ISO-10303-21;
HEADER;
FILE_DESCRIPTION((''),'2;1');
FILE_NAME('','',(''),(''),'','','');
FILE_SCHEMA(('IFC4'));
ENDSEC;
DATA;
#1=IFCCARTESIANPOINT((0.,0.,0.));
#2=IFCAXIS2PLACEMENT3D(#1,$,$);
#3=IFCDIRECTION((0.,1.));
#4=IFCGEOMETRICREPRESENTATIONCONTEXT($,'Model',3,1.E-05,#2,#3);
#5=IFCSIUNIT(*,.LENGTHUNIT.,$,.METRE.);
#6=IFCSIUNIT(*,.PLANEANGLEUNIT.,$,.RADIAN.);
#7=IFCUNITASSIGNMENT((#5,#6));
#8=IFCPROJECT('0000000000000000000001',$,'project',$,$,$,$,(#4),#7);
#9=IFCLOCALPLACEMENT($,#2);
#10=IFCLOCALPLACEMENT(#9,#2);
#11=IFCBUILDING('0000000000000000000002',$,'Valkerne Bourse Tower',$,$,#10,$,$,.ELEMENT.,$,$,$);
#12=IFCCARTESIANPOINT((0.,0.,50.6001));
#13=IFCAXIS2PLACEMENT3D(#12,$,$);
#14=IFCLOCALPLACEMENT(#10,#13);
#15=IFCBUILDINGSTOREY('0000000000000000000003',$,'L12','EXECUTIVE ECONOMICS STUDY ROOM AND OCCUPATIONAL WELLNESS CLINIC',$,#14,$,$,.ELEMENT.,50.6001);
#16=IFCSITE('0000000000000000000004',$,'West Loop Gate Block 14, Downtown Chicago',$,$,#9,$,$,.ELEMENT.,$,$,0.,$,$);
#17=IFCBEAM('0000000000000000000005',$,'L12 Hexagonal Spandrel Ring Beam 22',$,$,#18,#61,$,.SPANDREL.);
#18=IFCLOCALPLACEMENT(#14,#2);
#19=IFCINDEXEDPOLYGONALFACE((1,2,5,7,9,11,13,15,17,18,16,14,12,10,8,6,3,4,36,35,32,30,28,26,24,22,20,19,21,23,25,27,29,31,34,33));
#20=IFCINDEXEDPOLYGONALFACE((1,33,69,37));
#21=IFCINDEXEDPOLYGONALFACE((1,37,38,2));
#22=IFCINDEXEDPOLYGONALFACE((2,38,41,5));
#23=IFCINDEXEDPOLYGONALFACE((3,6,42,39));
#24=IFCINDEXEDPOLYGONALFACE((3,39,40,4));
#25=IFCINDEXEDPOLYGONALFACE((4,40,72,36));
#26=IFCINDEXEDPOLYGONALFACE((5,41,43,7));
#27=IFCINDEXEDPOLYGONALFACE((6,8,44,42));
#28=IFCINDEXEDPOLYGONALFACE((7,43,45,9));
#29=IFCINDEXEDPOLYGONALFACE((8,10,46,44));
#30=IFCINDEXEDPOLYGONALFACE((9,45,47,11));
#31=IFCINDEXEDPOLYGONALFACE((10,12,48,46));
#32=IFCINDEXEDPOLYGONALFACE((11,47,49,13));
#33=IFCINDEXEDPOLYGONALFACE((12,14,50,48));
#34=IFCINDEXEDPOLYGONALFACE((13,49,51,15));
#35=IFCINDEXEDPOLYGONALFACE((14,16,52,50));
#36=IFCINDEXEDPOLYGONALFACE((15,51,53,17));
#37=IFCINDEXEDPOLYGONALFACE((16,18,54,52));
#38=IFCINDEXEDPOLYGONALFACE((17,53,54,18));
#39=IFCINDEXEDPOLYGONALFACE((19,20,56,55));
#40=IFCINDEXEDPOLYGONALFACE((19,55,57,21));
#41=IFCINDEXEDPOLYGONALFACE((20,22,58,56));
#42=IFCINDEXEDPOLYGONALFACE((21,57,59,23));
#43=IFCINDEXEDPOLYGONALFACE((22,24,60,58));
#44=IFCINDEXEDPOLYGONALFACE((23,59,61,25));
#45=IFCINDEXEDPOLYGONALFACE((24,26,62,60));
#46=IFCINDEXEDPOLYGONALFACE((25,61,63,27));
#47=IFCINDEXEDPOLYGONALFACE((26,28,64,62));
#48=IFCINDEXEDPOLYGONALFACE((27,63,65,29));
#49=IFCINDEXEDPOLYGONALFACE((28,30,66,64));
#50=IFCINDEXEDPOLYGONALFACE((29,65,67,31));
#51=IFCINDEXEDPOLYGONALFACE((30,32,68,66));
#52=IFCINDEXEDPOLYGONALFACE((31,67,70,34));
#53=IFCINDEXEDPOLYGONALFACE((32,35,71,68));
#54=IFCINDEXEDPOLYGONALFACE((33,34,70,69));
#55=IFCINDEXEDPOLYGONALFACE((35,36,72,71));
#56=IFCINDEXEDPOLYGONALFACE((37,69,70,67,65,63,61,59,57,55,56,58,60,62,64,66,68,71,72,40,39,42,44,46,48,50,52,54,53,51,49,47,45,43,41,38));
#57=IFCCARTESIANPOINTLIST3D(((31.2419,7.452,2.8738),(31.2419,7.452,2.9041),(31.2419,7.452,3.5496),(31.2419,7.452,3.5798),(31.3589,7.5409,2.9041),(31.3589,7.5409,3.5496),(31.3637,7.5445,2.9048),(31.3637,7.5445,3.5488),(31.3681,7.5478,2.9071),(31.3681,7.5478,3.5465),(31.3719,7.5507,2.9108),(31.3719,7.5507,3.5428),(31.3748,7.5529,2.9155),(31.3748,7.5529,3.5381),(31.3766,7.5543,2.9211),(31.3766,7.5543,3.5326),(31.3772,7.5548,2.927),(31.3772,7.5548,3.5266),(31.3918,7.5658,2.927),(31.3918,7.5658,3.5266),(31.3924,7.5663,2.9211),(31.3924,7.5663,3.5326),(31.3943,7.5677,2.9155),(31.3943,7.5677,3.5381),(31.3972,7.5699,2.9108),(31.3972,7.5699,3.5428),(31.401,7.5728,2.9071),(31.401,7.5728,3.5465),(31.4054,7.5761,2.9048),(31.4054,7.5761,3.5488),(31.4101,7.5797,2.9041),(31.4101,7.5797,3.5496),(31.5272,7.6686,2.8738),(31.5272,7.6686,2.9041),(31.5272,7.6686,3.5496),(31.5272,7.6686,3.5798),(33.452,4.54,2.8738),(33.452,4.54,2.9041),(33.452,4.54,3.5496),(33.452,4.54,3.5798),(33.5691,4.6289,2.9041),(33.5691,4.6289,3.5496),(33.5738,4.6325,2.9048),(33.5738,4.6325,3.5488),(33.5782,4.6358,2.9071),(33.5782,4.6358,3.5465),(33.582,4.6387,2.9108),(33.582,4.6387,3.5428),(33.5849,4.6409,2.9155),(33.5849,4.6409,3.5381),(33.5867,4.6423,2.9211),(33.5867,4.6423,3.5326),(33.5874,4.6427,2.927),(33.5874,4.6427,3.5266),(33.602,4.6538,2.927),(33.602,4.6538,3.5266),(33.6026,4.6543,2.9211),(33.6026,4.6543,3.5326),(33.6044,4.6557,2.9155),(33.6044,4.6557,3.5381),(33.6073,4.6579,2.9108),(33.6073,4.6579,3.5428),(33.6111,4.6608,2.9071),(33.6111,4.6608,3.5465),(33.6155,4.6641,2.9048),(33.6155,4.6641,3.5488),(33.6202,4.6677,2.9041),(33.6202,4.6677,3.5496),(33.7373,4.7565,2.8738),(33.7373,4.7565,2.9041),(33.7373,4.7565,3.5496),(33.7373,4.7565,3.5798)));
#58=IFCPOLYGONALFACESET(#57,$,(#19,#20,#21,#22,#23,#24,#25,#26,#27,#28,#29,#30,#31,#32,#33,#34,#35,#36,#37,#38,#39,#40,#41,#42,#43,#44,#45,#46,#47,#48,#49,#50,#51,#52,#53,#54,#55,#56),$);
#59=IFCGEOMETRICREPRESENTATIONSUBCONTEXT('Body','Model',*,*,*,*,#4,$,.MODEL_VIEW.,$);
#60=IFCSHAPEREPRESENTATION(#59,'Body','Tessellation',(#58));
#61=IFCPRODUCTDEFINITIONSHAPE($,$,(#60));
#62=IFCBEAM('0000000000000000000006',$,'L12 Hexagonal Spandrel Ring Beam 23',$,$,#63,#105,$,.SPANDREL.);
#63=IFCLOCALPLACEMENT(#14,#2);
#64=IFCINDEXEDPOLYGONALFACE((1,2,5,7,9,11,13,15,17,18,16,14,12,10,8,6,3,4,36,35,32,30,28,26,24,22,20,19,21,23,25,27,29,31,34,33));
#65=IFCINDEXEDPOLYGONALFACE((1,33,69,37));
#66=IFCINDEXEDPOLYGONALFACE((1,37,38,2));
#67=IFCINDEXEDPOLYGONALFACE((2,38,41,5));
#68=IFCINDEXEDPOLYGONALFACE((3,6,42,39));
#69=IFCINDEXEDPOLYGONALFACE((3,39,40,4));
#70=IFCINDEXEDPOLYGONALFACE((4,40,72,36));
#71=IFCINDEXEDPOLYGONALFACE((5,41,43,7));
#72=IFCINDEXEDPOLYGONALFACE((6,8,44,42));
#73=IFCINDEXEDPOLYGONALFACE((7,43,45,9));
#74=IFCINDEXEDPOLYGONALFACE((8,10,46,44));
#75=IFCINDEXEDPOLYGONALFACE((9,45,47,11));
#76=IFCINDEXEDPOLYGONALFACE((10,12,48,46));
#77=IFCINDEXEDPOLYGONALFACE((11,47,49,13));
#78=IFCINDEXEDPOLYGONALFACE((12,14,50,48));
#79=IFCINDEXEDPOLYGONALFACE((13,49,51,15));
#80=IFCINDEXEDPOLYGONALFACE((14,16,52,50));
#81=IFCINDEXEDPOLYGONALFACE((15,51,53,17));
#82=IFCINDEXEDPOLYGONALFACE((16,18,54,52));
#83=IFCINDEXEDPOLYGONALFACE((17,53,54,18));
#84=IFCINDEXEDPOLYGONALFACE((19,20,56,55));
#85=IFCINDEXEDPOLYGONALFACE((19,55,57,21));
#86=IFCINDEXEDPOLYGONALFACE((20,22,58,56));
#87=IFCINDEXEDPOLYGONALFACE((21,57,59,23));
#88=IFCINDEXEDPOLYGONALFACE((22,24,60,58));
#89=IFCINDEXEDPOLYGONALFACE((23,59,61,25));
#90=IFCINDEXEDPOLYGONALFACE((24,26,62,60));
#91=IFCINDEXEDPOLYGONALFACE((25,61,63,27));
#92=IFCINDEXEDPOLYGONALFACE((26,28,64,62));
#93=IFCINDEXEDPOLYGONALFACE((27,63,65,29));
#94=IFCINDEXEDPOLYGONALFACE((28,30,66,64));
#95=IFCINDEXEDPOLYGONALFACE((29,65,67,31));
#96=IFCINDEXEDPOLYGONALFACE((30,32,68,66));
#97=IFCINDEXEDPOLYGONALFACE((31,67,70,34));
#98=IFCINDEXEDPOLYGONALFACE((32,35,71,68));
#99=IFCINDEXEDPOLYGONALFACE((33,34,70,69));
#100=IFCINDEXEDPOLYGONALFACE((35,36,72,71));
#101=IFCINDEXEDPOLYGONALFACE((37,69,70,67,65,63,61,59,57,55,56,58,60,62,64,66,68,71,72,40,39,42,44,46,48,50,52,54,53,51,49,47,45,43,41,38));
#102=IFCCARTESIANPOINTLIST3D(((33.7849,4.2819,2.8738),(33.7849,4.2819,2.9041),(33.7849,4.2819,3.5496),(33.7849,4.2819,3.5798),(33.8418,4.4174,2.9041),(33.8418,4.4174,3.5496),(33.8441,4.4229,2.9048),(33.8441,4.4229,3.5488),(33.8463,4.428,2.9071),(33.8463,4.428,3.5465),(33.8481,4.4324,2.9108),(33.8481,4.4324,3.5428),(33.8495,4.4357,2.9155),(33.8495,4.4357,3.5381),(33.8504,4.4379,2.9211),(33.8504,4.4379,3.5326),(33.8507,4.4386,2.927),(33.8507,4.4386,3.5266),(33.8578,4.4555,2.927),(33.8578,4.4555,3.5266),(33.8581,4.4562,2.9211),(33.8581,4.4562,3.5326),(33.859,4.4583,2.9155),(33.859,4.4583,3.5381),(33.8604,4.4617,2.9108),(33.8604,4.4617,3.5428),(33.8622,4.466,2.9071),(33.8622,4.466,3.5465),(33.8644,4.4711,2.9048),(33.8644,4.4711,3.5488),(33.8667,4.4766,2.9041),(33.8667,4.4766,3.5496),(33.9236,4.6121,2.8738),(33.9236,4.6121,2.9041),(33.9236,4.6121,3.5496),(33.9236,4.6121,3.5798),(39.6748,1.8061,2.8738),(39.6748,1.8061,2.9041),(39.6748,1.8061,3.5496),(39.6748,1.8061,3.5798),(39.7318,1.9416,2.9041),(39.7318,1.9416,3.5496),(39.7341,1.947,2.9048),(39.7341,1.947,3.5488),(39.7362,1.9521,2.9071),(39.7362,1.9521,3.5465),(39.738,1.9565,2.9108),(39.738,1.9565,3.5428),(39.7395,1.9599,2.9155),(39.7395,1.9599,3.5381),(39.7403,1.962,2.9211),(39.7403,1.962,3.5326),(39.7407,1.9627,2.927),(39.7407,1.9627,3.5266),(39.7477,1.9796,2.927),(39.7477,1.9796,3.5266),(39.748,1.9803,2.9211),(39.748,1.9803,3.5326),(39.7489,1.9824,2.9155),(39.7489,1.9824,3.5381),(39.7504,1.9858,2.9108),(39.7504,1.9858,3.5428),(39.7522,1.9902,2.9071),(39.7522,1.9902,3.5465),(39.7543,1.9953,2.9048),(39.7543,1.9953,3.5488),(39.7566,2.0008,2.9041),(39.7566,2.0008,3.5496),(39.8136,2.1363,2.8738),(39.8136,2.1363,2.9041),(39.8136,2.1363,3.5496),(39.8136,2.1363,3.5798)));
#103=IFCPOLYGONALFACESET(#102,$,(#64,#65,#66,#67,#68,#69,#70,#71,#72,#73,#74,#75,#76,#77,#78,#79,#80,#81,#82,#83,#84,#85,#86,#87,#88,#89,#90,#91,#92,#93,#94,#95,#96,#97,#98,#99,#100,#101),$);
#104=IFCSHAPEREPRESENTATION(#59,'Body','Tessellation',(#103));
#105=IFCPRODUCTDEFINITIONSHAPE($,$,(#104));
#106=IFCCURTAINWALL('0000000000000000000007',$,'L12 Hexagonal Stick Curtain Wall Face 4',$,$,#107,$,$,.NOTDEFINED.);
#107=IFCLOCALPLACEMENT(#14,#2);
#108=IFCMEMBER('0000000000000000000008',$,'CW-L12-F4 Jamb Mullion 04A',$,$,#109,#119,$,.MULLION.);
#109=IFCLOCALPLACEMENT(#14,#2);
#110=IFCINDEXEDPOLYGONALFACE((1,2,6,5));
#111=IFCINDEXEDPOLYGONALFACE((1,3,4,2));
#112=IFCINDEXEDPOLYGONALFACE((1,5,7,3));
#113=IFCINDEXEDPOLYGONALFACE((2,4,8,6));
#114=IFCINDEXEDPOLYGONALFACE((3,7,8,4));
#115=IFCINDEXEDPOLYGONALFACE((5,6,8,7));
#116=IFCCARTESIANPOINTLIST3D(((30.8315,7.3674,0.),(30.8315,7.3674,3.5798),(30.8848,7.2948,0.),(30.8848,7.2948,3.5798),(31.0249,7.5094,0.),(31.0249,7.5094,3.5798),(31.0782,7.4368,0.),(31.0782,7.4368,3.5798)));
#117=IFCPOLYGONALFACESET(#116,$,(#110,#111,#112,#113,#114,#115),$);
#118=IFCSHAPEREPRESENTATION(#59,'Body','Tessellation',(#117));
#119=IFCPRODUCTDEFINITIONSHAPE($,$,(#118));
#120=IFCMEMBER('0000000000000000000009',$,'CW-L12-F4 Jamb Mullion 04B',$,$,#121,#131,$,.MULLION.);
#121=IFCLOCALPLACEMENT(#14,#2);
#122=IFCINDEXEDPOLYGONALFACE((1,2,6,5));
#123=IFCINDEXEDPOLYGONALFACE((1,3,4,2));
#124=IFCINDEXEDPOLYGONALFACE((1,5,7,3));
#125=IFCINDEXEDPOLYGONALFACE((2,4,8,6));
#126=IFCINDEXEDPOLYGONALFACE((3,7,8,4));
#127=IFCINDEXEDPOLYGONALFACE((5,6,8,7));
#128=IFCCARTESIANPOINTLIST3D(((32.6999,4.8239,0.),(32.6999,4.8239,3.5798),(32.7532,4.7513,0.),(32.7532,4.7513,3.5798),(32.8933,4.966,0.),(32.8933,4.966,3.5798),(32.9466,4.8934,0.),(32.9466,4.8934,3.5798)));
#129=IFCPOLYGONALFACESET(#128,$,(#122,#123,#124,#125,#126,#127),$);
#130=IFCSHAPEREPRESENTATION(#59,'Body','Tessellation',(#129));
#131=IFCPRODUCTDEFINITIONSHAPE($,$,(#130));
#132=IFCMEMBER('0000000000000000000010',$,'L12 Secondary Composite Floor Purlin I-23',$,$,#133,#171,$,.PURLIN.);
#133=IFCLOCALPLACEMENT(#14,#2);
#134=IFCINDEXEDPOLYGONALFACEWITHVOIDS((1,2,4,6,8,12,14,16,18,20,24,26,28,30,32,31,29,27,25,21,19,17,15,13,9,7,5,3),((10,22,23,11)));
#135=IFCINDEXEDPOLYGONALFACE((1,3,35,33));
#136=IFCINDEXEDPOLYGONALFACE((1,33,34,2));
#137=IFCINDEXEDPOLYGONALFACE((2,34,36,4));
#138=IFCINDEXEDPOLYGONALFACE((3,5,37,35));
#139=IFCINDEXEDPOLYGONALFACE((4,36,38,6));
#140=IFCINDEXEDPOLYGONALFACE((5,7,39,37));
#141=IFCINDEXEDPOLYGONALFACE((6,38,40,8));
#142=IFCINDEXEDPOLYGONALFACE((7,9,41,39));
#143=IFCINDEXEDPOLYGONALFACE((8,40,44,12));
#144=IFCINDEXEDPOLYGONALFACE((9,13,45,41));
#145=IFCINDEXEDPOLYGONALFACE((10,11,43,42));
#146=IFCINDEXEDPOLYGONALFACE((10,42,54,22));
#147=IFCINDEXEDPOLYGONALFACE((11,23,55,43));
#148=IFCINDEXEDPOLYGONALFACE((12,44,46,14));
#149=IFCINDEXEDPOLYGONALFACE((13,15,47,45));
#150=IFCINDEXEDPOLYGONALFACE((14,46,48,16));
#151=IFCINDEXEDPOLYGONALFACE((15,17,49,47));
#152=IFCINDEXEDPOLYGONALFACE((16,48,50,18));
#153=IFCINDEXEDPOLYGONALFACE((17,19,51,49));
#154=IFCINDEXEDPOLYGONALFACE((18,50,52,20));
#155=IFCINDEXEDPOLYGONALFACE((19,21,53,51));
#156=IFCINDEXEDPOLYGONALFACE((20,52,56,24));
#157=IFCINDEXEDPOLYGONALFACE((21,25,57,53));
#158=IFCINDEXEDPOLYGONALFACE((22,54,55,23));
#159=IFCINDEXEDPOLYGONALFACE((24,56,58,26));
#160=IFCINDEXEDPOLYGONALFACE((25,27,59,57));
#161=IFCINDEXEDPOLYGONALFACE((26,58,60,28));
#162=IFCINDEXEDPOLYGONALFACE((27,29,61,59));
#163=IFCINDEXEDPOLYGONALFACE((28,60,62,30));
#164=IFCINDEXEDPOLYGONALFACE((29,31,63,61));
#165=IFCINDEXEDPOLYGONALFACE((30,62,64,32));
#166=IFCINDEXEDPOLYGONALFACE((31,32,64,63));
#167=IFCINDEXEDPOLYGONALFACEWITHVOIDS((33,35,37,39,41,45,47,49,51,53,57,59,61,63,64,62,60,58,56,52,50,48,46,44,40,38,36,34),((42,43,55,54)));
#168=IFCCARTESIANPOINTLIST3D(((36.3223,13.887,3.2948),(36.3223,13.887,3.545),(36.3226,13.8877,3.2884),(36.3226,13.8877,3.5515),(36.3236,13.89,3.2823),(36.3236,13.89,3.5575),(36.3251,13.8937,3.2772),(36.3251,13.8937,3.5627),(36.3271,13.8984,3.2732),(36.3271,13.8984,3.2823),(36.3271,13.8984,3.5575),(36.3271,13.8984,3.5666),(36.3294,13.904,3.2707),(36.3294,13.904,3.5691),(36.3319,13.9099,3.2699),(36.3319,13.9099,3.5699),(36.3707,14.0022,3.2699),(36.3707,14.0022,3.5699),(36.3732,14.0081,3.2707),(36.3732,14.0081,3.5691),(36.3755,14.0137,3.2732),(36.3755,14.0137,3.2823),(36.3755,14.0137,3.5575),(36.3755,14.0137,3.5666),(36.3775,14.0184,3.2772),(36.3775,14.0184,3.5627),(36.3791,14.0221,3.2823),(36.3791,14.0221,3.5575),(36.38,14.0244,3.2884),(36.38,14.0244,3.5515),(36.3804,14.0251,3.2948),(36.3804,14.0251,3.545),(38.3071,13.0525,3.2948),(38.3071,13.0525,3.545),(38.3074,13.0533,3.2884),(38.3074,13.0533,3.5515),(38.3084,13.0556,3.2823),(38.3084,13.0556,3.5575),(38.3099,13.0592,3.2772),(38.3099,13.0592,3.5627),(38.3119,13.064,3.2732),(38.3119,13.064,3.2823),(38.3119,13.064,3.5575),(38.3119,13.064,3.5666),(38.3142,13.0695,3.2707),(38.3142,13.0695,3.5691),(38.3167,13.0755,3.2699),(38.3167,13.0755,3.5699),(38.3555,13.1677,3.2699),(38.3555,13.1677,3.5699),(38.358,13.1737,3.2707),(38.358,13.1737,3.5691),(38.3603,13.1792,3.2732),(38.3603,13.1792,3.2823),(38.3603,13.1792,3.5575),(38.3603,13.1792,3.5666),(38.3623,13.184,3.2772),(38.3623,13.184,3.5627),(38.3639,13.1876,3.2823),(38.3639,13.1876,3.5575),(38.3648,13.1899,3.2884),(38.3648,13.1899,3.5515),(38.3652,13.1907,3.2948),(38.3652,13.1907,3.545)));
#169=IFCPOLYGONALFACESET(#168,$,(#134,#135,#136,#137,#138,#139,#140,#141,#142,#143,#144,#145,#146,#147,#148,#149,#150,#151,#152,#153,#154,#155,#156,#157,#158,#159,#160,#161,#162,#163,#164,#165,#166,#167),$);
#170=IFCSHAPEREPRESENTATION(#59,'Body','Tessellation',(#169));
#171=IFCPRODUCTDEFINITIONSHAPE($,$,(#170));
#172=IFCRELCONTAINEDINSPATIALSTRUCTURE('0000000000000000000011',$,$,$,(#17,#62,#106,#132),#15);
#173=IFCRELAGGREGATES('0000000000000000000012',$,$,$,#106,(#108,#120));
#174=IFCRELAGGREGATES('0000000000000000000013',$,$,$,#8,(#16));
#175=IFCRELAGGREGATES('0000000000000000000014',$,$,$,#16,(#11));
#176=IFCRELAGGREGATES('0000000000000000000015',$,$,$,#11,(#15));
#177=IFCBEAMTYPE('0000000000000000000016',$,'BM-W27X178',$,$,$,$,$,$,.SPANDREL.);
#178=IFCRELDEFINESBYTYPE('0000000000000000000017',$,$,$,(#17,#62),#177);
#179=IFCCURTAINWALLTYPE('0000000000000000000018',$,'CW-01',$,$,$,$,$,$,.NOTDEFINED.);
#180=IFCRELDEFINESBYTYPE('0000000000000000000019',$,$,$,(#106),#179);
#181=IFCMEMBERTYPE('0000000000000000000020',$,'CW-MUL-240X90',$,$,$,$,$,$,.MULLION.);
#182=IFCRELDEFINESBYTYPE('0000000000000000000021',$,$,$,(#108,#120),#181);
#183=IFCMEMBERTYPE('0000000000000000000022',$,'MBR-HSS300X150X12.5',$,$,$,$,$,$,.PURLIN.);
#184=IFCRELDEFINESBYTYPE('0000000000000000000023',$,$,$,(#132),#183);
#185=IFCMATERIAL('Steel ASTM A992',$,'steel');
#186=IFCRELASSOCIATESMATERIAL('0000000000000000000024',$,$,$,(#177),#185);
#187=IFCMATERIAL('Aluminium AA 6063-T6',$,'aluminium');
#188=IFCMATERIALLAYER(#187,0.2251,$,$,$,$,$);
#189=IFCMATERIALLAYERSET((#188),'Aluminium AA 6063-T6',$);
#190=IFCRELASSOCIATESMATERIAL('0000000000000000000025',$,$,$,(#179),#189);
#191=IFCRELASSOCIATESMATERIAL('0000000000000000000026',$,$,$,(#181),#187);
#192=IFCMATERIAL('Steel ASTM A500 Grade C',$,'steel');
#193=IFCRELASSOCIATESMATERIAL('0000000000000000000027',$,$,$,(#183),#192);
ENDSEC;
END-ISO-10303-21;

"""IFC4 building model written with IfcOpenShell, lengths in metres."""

from ifc_helpers import new_model, si_unit, direction, frame, origin, origin_2d, place, context, subcontext, project, spatial, rectangle, hollow_rectangle, i_section, extrude, material, layer, layer_set, material_profile, profile_set, type_object, element, aggregate, save


model = new_model("IFC4")

# Units and contexts
model_context = context("Model", 3, precision=1e-05, world=origin(), true_north=direction((0.0, 1.0)))
body_context = subcontext(model_context, "Body", "Model", "MODEL_VIEW")
ifc_project = project(units=[si_unit("LENGTHUNIT", "METRE"), si_unit("PLANEANGLEUNIT", "RADIAN")], contexts=[model_context])

# Site, building, storey
site_placement = place(None, origin())
site = spatial("IfcSite", under=ifc_project, at=site_placement, Name="West Loop Gate Block 14, Downtown Chicago", CompositionType="ELEMENT", RefElevation=0.0)
building_placement = place(site_placement, origin())
building = spatial("IfcBuilding", under=site, at=building_placement, Name="Valkerne Bourse Tower", CompositionType="ELEMENT")
storey_placement = place(building_placement, frame((0.0, 0.0, 50.6001)))
storey = spatial("IfcBuildingStorey", under=building, at=storey_placement, Name="L12", Description="EXECUTIVE ECONOMICS STUDY ROOM AND OCCUPATIONAL WELLNESS CLINIC", CompositionType="ELEMENT", Elevation=50.6001)

# Beams
ifc_material_1 = material(Name="Steel ASTM A992", Category="steel")
ifc_material_profile_1 = material_profile(ifc_material_1, i_section(OverallWidth=0.3582, OverallDepth=0.7061, WebThickness=0.0183, FlangeThickness=0.0303, FilletRadius=0.0229, at=origin_2d()), Name="W27X178")
ifc_profile_set_1 = profile_set([ifc_material_profile_1], Name="Steel ASTM A992")
beam_type_1 = type_object("IfcBeamType", Name="BM-W27X178", PredefinedType="SPANDREL", material=ifc_profile_set_1)
beam_1_placement = place(storey_placement, frame((31.3845, 7.5603, 3.2268), z_axis=(0.604563, -0.796557, 0.0), x_axis=(0.796557, 0.604563, 0.0)))
element("IfcBeam", 1, at=beam_1_placement, inside=storey, type_object=beam_type_1, Name="L12 Hexagonal Spandrel Ring Beam 22", PredefinedType="SPANDREL", context=body_context, shape_type="SweptSolid", body=[
    extrude(i_section(OverallWidth=0.3582, OverallDepth=0.7061, WebThickness=0.0183, FlangeThickness=0.0303, FilletRadius=0.0229, at=origin_2d()), origin(), (0.0, 0.0, 1.0), 3.6558),
])
beam_2_placement = place(storey_placement, frame((33.8542, 4.447, 3.2268), z_axis=(0.921866, -0.387509, 0.0), x_axis=(0.387509, 0.921866, 0.0)))
element("IfcBeam", 2, at=beam_2_placement, inside=storey, type_object=beam_type_1, Name="L12 Hexagonal Spandrel Ring Beam 23", PredefinedType="SPANDREL", context=body_context, shape_type="SweptSolid", body=[
    extrude(i_section(OverallWidth=0.3582, OverallDepth=0.7061, WebThickness=0.0183, FlangeThickness=0.0303, FilletRadius=0.0229, at=origin_2d()), origin(), (0.0, 0.0, 1.0), 6.3892),
])

# Curtain wall, members
ifc_material_2 = material(Name="Aluminium AA 6063-T6", Category="aluminium")
ifc_layer_1 = layer(ifc_material_2, 0.2251)
ifc_layer_set_1 = layer_set([ifc_layer_1], Name="Aluminium AA 6063-T6")
curtain_wall_type = type_object("IfcCurtainWallType", Name="CW-01", PredefinedType="NOTDEFINED", material=ifc_layer_set_1)
curtain_wall_placement = place(storey_placement, origin())
curtain_wall = element("IfcCurtainWall", 3, at=curtain_wall_placement, inside=storey, type_object=curtain_wall_type, Name="L12 Hexagonal Stick Curtain Wall Face 4", PredefinedType="NOTDEFINED")
ifc_material_profile_2 = material_profile(ifc_material_2, rectangle(XDim=0.0901, YDim=0.24, at=origin_2d()), Name="CWM-90X240")
ifc_profile_set_2 = profile_set([ifc_material_profile_2], Name="Aluminium AA 6063-T6")
member_type_1 = type_object("IfcMemberType", Name="CW-MUL-240X90", PredefinedType="MULLION", material=ifc_profile_set_2)
member_1_placement = place(storey_placement, frame((30.9548, 7.4021, 0.0), z_axis=(0.0, 0.0, 1.0), x_axis=(0.592014, -0.805927, 0.0)))
member_1 = element("IfcMember", 4, at=member_1_placement, type_object=member_type_1, Name="CW-L12-F4 Jamb Mullion 04A", PredefinedType="MULLION", context=body_context, shape_type="SweptSolid", body=[
    extrude(rectangle(XDim=0.0901, YDim=0.24, at=origin_2d()), origin(), (0.0, 0.0, 1.0), 3.5798),
])
member_2_placement = place(storey_placement, frame((32.8232, 4.8586, 0.0), z_axis=(0.0, 0.0, 1.0), x_axis=(0.592014, -0.805927, 0.0)))
member_2 = element("IfcMember", 5, at=member_2_placement, type_object=member_type_1, Name="CW-L12-F4 Jamb Mullion 04B", PredefinedType="MULLION", context=body_context, shape_type="SweptSolid", body=[
    extrude(rectangle(XDim=0.0901, YDim=0.24, at=origin_2d()), origin(), (0.0, 0.0, 1.0), 3.5798),
])

# Member
ifc_material_3 = material(Name="Steel ASTM A500 Grade C", Category="steel")
ifc_material_profile_3 = material_profile(ifc_material_3, hollow_rectangle(XDim=0.1499, YDim=0.3, WallThickness=0.0125, OuterFilletRadius=0.0249, at=origin_2d()), Name="HSS300X150X12.5")
ifc_profile_set_3 = profile_set([ifc_material_profile_3], Name="Steel ASTM A500 Grade C")
member_type_2 = type_object("IfcMemberType", Name="MBR-HSS300X150X12.5", PredefinedType="PURLIN", material=ifc_profile_set_3)
member_3_placement = place(storey_placement, frame((36.3513, 13.9561, 3.4199), z_axis=(0.921844, -0.38756, 0.0), x_axis=(0.38756, 0.921844, 0.0)))
element("IfcMember", 6, at=member_3_placement, inside=storey, type_object=member_type_2, Name="L12 Secondary Composite Floor Purlin I-23", PredefinedType="PURLIN", context=body_context, shape_type="SweptSolid", body=[
    extrude(hollow_rectangle(XDim=0.1499, YDim=0.3, WallThickness=0.0125, OuterFilletRadius=0.0249, at=origin_2d()), origin(), (0.0, 0.0, 1.0), 2.1531),
])

aggregate(curtain_wall, [member_1, member_2])

save(model, "model.ifc")
